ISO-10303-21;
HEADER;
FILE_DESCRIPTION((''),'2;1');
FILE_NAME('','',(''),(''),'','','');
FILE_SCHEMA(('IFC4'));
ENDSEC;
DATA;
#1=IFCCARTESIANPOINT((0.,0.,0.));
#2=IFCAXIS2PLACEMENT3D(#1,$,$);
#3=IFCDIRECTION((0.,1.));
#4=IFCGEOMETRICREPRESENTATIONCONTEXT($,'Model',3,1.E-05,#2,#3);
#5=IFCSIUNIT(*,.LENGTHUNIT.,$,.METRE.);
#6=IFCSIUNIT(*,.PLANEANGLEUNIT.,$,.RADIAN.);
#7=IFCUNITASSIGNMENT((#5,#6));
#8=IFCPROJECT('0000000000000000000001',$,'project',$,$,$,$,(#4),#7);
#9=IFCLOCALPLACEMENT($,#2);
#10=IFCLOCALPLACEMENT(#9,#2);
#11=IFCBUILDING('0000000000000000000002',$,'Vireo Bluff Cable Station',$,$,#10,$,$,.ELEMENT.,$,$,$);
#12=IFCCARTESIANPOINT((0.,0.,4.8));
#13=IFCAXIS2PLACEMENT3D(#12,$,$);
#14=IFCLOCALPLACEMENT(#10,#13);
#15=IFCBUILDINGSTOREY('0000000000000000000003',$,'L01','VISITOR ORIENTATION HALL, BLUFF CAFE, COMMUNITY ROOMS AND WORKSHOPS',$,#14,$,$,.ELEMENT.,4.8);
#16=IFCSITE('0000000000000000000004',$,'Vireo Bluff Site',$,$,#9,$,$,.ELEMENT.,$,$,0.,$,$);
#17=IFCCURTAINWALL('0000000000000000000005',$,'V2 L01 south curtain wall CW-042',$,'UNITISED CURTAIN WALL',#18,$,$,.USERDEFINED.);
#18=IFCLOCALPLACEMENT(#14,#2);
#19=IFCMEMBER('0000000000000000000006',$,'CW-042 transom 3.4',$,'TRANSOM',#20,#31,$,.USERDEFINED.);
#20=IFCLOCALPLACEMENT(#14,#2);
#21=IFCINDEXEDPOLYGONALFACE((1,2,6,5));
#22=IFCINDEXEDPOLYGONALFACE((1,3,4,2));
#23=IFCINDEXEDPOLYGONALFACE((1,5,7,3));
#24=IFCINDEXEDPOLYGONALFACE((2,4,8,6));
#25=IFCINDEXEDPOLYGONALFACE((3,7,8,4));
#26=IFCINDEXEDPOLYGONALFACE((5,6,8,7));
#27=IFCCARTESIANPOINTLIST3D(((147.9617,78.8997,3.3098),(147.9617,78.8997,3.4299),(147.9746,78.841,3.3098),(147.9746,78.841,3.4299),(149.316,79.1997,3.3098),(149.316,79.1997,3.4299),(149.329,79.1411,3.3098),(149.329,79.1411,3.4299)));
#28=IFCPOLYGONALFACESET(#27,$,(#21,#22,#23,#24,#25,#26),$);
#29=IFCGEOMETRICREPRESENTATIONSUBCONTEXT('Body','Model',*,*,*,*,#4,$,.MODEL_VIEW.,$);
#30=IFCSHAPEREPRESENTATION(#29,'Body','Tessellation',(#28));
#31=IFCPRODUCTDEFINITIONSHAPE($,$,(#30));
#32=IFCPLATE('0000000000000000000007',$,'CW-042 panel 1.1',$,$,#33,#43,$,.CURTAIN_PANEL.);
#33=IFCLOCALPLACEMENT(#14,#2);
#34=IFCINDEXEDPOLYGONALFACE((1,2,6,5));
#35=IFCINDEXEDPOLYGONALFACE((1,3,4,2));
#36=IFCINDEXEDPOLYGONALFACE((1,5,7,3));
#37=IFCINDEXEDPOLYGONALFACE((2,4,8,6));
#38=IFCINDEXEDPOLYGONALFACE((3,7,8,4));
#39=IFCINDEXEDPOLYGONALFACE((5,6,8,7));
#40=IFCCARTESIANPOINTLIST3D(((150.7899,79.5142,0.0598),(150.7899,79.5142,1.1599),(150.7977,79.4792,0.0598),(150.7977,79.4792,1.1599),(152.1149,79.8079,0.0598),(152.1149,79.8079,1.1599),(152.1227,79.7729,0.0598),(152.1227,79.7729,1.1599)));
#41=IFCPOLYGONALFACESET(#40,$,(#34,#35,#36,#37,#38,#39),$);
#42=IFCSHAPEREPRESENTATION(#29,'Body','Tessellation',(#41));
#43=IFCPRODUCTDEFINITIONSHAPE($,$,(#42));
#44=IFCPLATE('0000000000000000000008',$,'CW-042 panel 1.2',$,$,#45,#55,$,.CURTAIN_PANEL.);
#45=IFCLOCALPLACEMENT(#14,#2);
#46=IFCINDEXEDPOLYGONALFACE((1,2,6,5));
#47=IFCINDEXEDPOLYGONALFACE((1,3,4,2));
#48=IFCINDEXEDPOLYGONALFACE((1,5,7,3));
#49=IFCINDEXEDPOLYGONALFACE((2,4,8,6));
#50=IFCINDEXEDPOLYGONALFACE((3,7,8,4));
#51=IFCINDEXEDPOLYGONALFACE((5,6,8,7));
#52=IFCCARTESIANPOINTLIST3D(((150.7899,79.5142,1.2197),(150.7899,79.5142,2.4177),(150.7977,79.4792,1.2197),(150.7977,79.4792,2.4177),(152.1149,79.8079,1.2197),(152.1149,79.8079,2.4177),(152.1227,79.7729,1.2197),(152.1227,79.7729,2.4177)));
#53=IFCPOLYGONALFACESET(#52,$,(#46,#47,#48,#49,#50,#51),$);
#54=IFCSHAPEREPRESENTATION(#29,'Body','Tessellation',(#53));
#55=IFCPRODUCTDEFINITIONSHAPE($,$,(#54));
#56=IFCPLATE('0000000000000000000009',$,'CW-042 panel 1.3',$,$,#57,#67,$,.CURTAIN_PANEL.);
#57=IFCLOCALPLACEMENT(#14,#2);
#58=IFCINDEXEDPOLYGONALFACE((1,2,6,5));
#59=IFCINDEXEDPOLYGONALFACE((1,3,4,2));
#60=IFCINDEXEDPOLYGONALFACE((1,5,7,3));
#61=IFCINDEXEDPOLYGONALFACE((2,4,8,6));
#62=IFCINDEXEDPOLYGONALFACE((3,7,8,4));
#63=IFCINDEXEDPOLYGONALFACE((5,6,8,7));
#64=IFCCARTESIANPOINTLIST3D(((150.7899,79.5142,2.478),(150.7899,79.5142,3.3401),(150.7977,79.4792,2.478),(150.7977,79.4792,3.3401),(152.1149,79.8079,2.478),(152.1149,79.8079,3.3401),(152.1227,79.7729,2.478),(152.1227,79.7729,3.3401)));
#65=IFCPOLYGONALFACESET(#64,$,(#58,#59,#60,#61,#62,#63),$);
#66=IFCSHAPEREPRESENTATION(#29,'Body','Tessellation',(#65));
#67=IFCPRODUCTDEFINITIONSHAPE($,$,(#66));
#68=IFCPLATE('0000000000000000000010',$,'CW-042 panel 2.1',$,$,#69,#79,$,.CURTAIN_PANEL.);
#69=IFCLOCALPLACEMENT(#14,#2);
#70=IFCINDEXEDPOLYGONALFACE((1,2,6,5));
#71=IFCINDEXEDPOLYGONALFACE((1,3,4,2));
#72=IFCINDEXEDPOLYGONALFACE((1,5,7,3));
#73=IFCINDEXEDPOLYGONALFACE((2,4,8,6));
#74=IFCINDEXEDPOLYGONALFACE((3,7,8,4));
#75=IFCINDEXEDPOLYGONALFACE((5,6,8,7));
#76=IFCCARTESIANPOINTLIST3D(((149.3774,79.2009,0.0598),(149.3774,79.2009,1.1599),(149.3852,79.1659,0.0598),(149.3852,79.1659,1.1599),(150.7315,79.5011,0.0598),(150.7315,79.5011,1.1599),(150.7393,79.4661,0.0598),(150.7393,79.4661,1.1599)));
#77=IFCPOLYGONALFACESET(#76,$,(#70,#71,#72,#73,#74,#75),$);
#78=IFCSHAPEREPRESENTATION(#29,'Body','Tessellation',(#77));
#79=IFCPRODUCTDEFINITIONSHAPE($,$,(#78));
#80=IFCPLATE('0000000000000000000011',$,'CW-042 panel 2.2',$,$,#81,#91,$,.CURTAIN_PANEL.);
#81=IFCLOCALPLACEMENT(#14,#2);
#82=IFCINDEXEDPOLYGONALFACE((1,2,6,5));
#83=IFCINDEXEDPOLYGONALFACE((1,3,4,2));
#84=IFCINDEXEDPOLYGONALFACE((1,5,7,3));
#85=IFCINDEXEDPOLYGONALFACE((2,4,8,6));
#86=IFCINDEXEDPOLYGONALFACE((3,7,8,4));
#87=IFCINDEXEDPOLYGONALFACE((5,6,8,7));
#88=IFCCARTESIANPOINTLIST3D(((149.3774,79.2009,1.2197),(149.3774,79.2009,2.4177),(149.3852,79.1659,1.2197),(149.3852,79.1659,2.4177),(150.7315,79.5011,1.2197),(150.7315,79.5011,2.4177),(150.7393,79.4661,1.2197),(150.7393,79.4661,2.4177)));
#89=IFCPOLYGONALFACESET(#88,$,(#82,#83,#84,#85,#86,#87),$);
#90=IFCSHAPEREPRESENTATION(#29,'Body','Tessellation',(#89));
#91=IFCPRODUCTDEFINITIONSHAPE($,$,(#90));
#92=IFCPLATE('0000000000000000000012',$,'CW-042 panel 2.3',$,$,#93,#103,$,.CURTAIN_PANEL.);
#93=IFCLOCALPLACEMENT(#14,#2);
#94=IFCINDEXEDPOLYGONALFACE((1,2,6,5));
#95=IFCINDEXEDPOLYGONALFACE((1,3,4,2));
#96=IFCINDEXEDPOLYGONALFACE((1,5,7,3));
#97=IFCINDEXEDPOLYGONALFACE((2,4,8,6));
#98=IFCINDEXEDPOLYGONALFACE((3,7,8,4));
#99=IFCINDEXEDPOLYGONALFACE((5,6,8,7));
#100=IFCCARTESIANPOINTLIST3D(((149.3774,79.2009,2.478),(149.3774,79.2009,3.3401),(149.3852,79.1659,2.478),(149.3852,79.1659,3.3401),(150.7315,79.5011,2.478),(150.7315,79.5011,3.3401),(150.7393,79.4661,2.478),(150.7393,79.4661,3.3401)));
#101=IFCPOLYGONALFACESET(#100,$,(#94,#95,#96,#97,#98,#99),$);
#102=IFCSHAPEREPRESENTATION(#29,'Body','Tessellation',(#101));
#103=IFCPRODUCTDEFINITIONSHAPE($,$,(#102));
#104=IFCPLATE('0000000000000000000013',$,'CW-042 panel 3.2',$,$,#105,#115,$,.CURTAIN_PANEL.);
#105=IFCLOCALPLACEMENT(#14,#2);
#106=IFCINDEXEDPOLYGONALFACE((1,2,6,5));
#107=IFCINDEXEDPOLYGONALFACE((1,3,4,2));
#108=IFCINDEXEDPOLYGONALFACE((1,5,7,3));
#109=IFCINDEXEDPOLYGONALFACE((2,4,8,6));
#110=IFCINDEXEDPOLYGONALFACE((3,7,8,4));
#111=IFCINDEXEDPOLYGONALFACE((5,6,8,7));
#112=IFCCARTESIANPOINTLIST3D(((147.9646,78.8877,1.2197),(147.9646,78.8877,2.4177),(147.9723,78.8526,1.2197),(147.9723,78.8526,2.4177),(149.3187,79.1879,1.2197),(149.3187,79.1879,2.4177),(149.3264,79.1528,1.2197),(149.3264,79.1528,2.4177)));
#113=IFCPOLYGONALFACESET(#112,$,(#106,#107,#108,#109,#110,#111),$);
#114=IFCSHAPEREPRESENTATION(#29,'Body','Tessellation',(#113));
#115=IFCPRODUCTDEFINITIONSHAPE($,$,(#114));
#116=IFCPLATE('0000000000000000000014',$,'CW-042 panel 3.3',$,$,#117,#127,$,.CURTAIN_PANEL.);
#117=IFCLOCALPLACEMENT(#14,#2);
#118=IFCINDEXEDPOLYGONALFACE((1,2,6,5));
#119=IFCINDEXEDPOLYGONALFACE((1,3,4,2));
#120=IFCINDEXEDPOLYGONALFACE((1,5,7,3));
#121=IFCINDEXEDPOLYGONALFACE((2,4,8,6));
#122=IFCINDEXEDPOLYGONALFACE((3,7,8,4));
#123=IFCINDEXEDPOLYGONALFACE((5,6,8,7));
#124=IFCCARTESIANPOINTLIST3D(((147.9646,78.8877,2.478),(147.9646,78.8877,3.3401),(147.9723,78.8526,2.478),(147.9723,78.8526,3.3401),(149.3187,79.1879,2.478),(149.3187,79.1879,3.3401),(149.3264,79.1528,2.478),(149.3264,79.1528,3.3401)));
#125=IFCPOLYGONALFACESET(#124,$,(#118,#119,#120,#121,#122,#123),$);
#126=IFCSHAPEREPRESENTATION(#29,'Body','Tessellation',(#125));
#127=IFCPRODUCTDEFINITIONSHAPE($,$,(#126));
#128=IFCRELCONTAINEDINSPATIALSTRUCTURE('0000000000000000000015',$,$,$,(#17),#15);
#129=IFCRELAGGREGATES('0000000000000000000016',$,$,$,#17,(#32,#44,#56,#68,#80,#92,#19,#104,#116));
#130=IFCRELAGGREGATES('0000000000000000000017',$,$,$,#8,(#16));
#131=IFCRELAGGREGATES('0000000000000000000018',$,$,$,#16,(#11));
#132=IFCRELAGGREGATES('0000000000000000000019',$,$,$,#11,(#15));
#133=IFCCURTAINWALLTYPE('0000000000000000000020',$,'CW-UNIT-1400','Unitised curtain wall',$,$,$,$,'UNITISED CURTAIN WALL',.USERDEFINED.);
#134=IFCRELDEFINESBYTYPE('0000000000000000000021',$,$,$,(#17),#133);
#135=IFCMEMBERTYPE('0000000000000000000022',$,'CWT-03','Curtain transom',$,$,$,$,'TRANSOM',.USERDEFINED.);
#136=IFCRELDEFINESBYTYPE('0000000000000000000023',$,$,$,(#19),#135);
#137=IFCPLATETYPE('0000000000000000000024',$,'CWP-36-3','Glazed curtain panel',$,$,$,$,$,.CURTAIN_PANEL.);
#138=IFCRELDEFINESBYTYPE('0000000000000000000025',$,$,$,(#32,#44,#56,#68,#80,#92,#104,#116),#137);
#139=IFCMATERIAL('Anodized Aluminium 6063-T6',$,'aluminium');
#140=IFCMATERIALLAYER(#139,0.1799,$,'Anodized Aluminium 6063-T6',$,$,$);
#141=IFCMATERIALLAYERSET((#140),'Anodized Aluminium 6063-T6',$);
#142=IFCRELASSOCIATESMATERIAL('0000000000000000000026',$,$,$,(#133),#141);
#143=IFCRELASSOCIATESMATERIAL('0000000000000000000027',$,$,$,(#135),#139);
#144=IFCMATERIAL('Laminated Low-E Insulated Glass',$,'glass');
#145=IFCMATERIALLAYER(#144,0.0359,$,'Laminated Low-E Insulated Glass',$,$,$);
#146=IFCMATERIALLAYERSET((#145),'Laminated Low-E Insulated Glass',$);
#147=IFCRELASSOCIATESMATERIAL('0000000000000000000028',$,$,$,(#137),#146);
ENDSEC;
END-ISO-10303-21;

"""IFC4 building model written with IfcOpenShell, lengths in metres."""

from ifc_helpers import new_model, si_unit, direction, frame, origin, origin_2d, place, context, subcontext, project, spatial, rectangle, extrude, material, layer, layer_set, material_profile, profile_set, type_object, element, aggregate, save


model = new_model("IFC4")

# Units and contexts
model_context = context("Model", 3, precision=1e-05, world=origin(), true_north=direction((0.0, 1.0)))
body_context = subcontext(model_context, "Body", "Model", "MODEL_VIEW")
ifc_project = project(units=[si_unit("LENGTHUNIT", "METRE"), si_unit("PLANEANGLEUNIT", "RADIAN")], contexts=[model_context])

# Site, building, storey
site_placement = place(None, origin())
site = spatial("IfcSite", under=ifc_project, at=site_placement, Name="Vireo Bluff Site", CompositionType="ELEMENT", RefElevation=0.0)
building_placement = place(site_placement, origin())
building = spatial("IfcBuilding", under=site, at=building_placement, Name="Vireo Bluff Cable Station", CompositionType="ELEMENT")
storey_placement = place(building_placement, frame((0.0, 0.0, 4.8)))
storey = spatial("IfcBuildingStorey", under=building, at=storey_placement, Name="L01", Description="VISITOR ORIENTATION HALL, BLUFF CAFE, COMMUNITY ROOMS AND WORKSHOPS", CompositionType="ELEMENT", Elevation=4.8)

# Curtain wall, member, plates
ifc_material_1 = material(Name="Anodized Aluminium 6063-T6", Category="aluminium")
ifc_layer_1 = layer(ifc_material_1, 0.1799, Name="Anodized Aluminium 6063-T6")
ifc_layer_set_1 = layer_set([ifc_layer_1], Name="Anodized Aluminium 6063-T6")
curtain_wall_type = type_object("IfcCurtainWallType", Name="CW-UNIT-1400", Description="Unitised curtain wall", ElementType="UNITISED CURTAIN WALL", PredefinedType="USERDEFINED", material=ifc_layer_set_1)
curtain_wall_placement = place(storey_placement, origin())
curtain_wall = element("IfcCurtainWall", 1, at=curtain_wall_placement, inside=storey, type_object=curtain_wall_type, Name="V2 L01 south curtain wall CW-042", ObjectType="UNITISED CURTAIN WALL", PredefinedType="USERDEFINED")
ifc_material_profile_1 = material_profile(ifc_material_1, rectangle(XDim=0.0601, YDim=0.1201, at=origin_2d()), Name="ALU-T-60X120")
ifc_profile_set_1 = profile_set([ifc_material_profile_1], Name="Anodized Aluminium 6063-T6")
member_type_1 = type_object("IfcMemberType", Name="CWT-03", Description="Curtain transom", ElementType="TRANSOM", PredefinedType="USERDEFINED", material=ifc_profile_set_1)
member_1_placement = place(storey_placement, frame((149.3225, 79.1704, 3.3699), z_axis=(-0.976324, -0.216315, 0.0), x_axis=(0.216315, -0.976324, 0.0)))
member_1 = element("IfcMember", 2, at=member_1_placement, type_object=member_type_1, Name="CW-042 transom 3.4", ObjectType="TRANSOM", PredefinedType="USERDEFINED", context=body_context, shape_type="SweptSolid", body=[
    extrude(rectangle(XDim=0.0601, YDim=0.1201, at=origin_2d()), origin(), (0.0, 0.0, 1.0), 1.3872),
])
ifc_material_2 = material(Name="Laminated Low-E Insulated Glass", Category="glass")
ifc_layer_2 = layer(ifc_material_2, 0.0359, Name="Laminated Low-E Insulated Glass")
ifc_layer_set_2 = layer_set([ifc_layer_2], Name="Laminated Low-E Insulated Glass")
plate_type = type_object("IfcPlateType", Name="CWP-36-3", Description="Glazed curtain panel", PredefinedType="CURTAIN_PANEL", material=ifc_layer_set_2)
plate_1_placement = place(storey_placement, frame((151.4563, 79.6436, 0.0598), z_axis=(0.0, 0.0, 1.0), x_axis=(-0.976296, -0.21644, 0.0)))
plate_1 = element("IfcPlate", 3, at=plate_1_placement, type_object=plate_type, Name="CW-042 panel 1.1", PredefinedType="CURTAIN_PANEL", context=body_context, shape_type="SweptSolid", body=[
    extrude(rectangle(XDim=1.3572, YDim=0.0359, at=origin_2d()), origin(), (0.0, 0.0, 1.0), 1.1001),
])
plate_2_placement = place(storey_placement, frame((151.4563, 79.6436, 1.2197), z_axis=(0.0, 0.0, 1.0), x_axis=(-0.976296, -0.21644, 0.0)))
plate_2 = element("IfcPlate", 4, at=plate_2_placement, type_object=plate_type, Name="CW-042 panel 1.2", PredefinedType="CURTAIN_PANEL", context=body_context, shape_type="SweptSolid", body=[
    extrude(rectangle(XDim=1.3572, YDim=0.0359, at=origin_2d()), origin(), (0.0, 0.0, 1.0), 1.198),
])
plate_3_placement = place(storey_placement, frame((151.4563, 79.6436, 2.478), z_axis=(0.0, 0.0, 1.0), x_axis=(-0.976296, -0.21644, 0.0)))
plate_3 = element("IfcPlate", 5, at=plate_3_placement, type_object=plate_type, Name="CW-042 panel 1.3", PredefinedType="CURTAIN_PANEL", context=body_context, shape_type="SweptSolid", body=[
    extrude(rectangle(XDim=1.3572, YDim=0.0359, at=origin_2d()), origin(), (0.0, 0.0, 1.0), 0.8621),
])
plate_4_placement = place(storey_placement, frame((150.0583, 79.3335, 0.0598), z_axis=(0.0, 0.0, 1.0), x_axis=(-0.976296, -0.21644, 0.0)))
plate_4 = element("IfcPlate", 6, at=plate_4_placement, type_object=plate_type, Name="CW-042 panel 2.1", PredefinedType="CURTAIN_PANEL", context=body_context, shape_type="SweptSolid", body=[
    extrude(rectangle(XDim=1.387, YDim=0.0359, at=origin_2d()), origin(), (0.0, 0.0, 1.0), 1.1001),
])
plate_5_placement = place(storey_placement, frame((150.0583, 79.3335, 1.2197), z_axis=(0.0, 0.0, 1.0), x_axis=(-0.976296, -0.21644, 0.0)))
plate_5 = element("IfcPlate", 7, at=plate_5_placement, type_object=plate_type, Name="CW-042 panel 2.2", PredefinedType="CURTAIN_PANEL", context=body_context, shape_type="SweptSolid", body=[
    extrude(rectangle(XDim=1.387, YDim=0.0359, at=origin_2d()), origin(), (0.0, 0.0, 1.0), 1.198),
])
plate_6_placement = place(storey_placement, frame((150.0583, 79.3335, 2.478), z_axis=(0.0, 0.0, 1.0), x_axis=(-0.976296, -0.21644, 0.0)))
plate_6 = element("IfcPlate", 8, at=plate_6_placement, type_object=plate_type, Name="CW-042 panel 2.3", PredefinedType="CURTAIN_PANEL", context=body_context, shape_type="SweptSolid", body=[
    extrude(rectangle(XDim=1.387, YDim=0.0359, at=origin_2d()), origin(), (0.0, 0.0, 1.0), 0.8621),
])
plate_7_placement = place(storey_placement, frame((148.6455, 79.0203, 1.2197), z_axis=(0.0, 0.0, 1.0), x_axis=(-0.976296, -0.21644, 0.0)))
plate_7 = element("IfcPlate", 9, at=plate_7_placement, type_object=plate_type, Name="CW-042 panel 3.2", PredefinedType="CURTAIN_PANEL", context=body_context, shape_type="SweptSolid", body=[
    extrude(rectangle(XDim=1.387, YDim=0.0359, at=origin_2d()), origin(), (0.0, 0.0, 1.0), 1.198),
])
plate_8_placement = place(storey_placement, frame((148.6455, 79.0203, 2.478), z_axis=(0.0, 0.0, 1.0), x_axis=(-0.976296, -0.21644, 0.0)))
plate_8 = element("IfcPlate", 10, at=plate_8_placement, type_object=plate_type, Name="CW-042 panel 3.3", PredefinedType="CURTAIN_PANEL", context=body_context, shape_type="SweptSolid", body=[
    extrude(rectangle(XDim=1.387, YDim=0.0359, at=origin_2d()), origin(), (0.0, 0.0, 1.0), 0.8621),
])
aggregate(curtain_wall, [plate_1, plate_2, plate_3, plate_4, plate_5, plate_6, member_1, plate_7, plate_8])

save(model, "model.ifc")
